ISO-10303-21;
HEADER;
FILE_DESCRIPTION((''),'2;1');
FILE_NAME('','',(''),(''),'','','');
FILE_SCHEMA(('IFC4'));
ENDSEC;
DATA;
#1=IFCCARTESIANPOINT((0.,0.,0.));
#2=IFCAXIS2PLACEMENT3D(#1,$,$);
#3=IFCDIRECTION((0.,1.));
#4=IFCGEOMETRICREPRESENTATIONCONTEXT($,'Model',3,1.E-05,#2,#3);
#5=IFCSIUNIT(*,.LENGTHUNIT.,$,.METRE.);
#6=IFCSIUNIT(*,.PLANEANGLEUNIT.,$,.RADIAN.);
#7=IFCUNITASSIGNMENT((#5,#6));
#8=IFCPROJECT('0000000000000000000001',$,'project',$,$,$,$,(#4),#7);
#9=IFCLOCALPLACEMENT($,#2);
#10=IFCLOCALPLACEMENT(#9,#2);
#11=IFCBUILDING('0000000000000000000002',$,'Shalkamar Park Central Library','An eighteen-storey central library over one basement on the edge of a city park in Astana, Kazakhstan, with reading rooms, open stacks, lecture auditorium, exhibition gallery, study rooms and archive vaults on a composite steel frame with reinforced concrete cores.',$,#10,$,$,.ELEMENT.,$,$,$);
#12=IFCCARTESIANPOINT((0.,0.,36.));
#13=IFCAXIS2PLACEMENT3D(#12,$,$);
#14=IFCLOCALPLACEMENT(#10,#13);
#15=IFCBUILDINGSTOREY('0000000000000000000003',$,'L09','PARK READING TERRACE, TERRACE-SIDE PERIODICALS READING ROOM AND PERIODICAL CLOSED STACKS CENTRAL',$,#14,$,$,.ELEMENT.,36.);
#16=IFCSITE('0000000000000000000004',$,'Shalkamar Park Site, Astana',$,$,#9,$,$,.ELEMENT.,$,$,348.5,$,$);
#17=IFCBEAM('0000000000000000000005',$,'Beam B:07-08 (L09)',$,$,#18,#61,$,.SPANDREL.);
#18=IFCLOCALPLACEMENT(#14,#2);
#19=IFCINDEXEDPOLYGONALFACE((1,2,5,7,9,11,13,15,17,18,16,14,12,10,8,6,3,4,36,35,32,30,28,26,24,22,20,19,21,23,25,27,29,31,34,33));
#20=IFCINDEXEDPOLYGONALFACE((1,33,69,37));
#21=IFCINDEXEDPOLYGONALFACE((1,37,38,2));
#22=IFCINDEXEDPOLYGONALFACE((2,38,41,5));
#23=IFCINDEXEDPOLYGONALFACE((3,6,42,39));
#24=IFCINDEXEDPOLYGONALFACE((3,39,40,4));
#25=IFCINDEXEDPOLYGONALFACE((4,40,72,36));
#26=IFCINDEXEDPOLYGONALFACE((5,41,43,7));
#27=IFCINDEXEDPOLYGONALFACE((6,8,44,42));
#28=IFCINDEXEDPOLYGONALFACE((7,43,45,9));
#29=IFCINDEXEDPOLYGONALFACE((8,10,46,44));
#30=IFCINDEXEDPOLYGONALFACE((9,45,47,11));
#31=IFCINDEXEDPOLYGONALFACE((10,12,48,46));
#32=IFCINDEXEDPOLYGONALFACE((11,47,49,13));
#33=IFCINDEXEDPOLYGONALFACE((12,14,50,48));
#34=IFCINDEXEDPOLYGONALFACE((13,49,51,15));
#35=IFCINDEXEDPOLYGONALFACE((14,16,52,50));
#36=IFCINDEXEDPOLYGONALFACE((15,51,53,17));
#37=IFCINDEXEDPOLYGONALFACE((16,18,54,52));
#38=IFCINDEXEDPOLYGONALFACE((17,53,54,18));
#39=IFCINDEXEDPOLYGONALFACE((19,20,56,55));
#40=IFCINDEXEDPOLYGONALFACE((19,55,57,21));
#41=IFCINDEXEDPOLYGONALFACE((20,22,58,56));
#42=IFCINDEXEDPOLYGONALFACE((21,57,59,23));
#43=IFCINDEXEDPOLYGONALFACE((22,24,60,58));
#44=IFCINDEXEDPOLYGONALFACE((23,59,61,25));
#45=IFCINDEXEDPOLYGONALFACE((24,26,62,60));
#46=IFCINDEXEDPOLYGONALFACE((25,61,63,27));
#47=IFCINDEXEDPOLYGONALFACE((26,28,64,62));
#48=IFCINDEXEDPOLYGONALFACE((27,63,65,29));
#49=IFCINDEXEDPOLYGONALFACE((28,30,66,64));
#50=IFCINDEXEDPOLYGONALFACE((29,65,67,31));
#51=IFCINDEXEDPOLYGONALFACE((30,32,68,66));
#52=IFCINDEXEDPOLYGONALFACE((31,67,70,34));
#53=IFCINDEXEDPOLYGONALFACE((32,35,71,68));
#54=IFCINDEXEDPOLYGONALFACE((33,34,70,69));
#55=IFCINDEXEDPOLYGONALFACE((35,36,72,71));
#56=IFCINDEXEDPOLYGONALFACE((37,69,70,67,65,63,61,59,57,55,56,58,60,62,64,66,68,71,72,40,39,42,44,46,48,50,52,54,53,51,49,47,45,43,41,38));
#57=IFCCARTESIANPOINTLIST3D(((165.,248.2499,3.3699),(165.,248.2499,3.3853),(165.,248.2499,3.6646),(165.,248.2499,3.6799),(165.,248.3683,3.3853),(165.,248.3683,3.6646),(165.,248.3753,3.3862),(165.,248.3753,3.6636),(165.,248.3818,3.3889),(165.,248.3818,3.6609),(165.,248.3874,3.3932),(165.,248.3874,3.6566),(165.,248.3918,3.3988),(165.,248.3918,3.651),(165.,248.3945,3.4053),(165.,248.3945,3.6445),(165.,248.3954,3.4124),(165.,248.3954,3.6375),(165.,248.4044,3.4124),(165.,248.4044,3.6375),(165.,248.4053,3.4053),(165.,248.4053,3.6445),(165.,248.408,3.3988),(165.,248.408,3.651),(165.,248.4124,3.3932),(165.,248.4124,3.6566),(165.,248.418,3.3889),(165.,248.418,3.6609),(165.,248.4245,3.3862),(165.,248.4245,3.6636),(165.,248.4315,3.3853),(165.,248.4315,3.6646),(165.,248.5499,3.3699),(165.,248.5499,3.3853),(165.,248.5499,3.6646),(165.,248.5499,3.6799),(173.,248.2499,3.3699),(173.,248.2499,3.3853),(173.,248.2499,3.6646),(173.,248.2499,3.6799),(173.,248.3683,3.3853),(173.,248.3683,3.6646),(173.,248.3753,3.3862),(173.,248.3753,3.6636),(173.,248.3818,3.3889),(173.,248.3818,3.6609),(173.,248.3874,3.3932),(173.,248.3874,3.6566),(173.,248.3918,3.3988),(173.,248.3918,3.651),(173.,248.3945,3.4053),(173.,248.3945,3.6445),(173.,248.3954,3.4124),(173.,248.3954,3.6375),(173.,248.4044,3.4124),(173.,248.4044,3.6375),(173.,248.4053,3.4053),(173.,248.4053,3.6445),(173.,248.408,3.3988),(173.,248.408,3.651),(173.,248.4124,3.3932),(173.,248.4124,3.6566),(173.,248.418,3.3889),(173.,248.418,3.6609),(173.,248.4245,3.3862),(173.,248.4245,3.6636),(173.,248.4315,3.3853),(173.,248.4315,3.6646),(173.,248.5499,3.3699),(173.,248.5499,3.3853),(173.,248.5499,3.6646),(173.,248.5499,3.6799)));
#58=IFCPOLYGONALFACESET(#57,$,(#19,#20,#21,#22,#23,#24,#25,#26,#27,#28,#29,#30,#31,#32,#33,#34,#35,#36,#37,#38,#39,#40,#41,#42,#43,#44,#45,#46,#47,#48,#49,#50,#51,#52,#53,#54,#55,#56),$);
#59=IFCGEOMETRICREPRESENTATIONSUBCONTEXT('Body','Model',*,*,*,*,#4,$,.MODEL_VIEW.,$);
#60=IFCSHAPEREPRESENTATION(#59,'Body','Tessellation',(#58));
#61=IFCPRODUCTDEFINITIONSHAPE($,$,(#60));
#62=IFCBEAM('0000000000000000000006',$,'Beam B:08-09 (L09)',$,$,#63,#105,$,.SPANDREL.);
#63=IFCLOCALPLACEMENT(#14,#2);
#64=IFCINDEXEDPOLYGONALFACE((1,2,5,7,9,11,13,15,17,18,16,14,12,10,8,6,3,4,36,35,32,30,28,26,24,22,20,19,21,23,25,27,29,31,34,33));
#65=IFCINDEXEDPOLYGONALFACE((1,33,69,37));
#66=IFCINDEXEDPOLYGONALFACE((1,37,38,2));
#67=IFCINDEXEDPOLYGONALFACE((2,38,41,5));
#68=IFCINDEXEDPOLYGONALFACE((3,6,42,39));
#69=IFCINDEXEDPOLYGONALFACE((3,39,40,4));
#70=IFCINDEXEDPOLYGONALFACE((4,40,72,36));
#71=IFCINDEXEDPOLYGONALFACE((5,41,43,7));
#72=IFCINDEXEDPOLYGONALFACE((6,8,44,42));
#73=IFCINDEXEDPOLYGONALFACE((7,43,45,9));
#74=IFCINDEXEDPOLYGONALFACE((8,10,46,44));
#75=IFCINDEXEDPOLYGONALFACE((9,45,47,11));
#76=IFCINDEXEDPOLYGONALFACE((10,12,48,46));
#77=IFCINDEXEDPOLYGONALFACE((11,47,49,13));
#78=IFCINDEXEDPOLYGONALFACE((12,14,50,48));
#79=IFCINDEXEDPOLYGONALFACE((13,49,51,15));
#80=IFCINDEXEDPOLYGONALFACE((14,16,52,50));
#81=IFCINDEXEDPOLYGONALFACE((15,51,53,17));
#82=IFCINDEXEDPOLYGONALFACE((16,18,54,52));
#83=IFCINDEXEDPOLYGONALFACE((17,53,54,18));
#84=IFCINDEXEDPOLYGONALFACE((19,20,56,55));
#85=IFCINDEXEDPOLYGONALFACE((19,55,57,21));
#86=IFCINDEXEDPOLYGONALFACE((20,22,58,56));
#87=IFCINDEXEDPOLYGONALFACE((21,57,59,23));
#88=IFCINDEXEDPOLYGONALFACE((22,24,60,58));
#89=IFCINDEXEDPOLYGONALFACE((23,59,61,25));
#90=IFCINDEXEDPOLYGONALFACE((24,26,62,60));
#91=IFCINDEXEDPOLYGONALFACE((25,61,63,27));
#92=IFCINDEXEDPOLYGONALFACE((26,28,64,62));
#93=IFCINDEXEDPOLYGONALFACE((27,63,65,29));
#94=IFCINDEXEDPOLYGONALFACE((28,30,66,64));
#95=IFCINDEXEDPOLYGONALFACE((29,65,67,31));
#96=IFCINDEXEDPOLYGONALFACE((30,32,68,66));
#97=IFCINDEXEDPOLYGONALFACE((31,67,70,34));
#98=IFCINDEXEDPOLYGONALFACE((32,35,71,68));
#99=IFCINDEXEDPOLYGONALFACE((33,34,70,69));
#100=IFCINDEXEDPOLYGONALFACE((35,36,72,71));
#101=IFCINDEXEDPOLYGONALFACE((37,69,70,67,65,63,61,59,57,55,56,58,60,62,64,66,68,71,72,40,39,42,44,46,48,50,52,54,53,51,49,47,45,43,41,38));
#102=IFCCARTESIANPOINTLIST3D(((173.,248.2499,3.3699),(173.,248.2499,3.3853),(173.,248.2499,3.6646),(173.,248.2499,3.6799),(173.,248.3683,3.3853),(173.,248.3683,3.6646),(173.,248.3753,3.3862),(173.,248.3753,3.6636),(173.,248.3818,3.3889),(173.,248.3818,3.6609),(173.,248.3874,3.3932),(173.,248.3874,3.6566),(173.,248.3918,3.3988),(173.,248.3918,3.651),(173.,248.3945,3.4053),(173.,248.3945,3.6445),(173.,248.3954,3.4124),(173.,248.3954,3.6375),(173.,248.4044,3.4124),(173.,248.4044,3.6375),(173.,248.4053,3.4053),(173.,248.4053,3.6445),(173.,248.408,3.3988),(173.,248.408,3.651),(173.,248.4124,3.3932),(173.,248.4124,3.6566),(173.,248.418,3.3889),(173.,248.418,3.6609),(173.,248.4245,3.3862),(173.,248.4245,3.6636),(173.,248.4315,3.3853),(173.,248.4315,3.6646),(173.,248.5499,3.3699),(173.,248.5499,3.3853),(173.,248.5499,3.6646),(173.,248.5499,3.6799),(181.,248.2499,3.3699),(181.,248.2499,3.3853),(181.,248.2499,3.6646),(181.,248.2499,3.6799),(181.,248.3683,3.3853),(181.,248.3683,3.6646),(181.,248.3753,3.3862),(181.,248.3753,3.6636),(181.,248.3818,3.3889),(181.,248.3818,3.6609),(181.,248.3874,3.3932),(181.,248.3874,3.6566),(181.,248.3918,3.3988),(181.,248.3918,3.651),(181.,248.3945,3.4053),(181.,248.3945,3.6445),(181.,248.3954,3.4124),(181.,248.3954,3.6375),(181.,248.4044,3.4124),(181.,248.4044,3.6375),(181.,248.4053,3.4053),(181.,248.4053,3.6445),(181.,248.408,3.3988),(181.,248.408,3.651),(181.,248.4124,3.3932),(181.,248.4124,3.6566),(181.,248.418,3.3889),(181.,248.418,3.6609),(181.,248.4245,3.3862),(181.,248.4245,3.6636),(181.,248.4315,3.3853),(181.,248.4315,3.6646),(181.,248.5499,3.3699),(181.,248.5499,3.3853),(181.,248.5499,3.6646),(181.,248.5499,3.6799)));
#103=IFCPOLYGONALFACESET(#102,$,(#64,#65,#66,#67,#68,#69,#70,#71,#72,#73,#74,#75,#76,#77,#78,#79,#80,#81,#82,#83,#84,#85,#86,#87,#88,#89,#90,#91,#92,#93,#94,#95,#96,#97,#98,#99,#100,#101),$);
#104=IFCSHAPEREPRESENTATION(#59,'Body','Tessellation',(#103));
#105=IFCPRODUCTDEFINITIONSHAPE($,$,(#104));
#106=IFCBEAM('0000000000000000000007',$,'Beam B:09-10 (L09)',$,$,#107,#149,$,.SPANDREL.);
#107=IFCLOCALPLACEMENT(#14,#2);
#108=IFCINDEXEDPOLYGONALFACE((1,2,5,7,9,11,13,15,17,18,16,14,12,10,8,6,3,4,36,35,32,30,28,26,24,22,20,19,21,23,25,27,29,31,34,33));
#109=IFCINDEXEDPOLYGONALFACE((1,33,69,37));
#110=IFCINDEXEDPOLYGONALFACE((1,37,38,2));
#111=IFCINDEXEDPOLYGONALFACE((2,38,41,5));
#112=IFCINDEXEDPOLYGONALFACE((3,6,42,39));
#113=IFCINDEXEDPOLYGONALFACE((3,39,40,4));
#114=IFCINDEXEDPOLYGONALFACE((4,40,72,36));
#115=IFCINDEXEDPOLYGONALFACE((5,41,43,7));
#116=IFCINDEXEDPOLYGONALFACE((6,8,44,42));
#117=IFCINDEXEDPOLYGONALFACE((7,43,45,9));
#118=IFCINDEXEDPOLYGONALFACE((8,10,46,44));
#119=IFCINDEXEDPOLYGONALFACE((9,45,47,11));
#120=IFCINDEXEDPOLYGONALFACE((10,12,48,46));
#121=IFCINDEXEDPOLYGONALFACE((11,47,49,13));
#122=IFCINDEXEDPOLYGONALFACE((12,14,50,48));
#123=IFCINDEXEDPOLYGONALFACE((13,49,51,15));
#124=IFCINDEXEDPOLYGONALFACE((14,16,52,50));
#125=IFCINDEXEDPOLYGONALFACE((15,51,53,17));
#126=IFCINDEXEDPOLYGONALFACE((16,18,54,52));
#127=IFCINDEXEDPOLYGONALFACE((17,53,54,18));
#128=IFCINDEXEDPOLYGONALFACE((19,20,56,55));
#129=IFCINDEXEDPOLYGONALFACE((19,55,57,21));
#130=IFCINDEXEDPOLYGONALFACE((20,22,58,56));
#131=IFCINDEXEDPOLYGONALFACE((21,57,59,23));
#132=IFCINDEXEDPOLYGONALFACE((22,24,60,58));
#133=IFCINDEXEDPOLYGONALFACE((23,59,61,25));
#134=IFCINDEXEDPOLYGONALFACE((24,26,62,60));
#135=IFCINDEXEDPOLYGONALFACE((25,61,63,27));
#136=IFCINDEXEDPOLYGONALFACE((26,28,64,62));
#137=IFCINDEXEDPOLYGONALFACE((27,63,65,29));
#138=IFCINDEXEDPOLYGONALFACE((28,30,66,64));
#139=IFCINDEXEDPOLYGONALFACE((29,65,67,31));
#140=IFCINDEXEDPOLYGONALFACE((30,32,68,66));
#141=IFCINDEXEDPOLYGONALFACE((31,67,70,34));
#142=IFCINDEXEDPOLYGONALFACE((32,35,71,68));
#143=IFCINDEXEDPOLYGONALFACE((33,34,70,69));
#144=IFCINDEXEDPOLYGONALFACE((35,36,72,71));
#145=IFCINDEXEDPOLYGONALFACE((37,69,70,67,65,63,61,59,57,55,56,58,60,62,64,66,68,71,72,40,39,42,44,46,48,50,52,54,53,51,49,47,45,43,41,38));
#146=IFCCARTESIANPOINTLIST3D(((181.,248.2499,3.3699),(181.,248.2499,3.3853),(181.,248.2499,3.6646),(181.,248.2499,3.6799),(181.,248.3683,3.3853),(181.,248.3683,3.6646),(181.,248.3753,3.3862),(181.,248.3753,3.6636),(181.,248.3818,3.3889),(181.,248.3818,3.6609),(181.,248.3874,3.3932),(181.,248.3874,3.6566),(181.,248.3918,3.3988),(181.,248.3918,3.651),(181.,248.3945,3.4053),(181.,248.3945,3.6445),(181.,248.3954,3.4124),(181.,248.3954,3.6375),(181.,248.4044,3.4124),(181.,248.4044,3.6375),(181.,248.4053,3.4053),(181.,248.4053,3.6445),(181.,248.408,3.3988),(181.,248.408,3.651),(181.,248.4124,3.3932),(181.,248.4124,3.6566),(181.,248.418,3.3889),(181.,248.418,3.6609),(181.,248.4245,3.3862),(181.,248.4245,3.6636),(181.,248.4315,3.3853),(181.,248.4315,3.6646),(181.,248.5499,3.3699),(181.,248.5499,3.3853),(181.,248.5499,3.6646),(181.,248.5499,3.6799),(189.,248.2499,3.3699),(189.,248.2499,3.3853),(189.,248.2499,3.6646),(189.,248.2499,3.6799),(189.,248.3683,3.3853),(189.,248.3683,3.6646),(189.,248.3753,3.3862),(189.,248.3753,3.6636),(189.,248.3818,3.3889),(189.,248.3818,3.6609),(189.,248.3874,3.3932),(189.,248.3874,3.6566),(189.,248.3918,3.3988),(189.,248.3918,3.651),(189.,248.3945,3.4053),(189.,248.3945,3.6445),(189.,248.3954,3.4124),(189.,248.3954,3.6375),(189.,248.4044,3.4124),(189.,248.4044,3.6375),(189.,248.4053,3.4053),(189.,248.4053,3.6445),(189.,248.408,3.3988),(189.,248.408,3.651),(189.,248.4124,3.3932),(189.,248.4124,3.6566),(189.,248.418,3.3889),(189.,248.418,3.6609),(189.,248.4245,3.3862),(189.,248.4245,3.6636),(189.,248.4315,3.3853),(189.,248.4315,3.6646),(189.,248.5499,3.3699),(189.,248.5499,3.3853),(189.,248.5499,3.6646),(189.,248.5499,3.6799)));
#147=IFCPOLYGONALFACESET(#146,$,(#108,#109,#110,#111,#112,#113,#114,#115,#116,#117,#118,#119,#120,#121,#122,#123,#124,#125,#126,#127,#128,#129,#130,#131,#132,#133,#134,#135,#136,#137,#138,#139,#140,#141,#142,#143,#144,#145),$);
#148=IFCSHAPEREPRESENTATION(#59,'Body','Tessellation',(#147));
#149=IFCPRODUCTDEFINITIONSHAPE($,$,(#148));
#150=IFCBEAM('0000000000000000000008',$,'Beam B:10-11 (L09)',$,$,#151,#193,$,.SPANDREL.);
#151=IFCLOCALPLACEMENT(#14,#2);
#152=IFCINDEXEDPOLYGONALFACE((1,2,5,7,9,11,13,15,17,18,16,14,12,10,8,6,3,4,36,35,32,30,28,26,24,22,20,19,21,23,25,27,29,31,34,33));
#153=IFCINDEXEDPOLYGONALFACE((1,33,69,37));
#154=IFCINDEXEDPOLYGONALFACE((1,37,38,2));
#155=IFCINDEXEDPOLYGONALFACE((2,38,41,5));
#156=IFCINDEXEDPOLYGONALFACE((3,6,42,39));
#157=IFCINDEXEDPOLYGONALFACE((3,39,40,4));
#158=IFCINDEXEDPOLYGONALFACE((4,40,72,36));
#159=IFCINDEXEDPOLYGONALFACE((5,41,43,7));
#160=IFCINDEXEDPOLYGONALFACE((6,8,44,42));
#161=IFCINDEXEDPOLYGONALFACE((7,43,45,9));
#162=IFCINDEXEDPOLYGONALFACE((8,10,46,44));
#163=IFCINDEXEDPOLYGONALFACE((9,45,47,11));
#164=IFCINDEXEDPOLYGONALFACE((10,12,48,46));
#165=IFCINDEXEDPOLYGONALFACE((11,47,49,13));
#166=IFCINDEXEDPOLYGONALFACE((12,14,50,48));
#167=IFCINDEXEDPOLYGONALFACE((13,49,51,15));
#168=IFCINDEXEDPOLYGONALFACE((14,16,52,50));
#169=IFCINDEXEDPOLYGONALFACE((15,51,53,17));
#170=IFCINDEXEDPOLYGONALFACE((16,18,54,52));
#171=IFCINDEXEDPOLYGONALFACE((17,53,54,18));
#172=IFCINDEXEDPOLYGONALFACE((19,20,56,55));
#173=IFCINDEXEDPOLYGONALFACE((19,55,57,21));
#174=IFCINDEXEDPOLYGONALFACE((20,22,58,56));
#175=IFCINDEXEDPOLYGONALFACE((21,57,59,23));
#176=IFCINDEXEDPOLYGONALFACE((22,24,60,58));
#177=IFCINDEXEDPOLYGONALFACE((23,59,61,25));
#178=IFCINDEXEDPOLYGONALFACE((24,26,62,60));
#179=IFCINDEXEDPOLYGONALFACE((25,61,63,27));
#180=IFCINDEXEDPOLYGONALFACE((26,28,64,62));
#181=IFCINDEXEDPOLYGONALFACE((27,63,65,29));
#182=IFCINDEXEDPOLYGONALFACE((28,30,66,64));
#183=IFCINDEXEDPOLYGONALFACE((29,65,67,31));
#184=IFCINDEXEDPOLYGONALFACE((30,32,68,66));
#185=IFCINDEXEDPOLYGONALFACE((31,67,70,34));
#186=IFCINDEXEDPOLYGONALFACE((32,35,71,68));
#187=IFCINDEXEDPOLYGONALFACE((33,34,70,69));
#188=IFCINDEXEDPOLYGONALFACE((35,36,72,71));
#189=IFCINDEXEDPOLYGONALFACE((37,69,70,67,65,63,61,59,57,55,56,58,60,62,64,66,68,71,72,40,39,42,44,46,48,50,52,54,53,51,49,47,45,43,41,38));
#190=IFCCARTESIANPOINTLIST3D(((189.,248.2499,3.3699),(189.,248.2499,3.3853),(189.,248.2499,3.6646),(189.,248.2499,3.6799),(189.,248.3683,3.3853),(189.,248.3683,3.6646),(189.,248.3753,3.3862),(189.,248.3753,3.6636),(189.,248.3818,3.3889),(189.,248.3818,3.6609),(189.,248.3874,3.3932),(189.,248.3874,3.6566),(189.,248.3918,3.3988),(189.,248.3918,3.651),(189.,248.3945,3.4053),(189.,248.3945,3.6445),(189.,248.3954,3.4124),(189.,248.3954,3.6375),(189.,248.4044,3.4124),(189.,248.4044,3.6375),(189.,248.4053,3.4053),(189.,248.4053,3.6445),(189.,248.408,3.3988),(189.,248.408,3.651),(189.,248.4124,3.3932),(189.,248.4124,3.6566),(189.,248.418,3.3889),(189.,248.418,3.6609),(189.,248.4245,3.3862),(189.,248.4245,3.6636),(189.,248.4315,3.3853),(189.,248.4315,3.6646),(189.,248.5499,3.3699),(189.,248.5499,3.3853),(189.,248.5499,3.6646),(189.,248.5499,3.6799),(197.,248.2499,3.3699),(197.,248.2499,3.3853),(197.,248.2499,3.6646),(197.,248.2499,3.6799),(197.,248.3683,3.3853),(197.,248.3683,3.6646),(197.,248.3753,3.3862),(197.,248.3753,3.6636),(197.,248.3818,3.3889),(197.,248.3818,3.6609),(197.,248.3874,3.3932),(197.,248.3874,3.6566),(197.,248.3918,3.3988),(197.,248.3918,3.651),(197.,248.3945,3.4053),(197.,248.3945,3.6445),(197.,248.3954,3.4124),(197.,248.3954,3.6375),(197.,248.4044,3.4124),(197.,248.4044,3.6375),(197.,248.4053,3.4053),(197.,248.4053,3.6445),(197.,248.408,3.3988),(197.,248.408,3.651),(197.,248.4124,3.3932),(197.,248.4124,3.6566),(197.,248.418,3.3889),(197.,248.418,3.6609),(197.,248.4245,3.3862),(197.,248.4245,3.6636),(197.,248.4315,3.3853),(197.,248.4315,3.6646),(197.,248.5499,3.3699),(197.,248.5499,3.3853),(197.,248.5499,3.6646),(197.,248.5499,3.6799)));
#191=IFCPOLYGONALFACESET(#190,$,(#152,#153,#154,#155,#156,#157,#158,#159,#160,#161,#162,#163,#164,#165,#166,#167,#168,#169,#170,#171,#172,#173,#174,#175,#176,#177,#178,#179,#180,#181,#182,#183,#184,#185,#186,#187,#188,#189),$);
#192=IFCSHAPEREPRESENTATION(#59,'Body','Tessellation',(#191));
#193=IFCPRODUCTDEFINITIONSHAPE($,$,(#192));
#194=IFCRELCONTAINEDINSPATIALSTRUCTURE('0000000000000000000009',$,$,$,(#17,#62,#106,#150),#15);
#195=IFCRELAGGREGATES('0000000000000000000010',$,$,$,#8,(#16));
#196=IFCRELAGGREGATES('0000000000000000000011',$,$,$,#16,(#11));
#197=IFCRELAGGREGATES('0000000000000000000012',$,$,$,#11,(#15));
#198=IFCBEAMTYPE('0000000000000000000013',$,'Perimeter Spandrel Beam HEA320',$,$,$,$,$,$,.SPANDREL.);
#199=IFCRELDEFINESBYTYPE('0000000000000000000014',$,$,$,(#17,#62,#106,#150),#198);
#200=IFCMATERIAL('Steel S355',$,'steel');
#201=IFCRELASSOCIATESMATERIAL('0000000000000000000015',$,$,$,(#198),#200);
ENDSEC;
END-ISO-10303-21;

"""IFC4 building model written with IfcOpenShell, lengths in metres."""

from ifc_helpers import new_model, si_unit, direction, frame, origin, origin_2d, place, context, subcontext, project, spatial, i_section, extrude, material, material_profile, profile_set, type_object, element, save


model = new_model("IFC4")

# Units and contexts
model_context = context("Model", 3, precision=1e-05, world=origin(), true_north=direction((0.0, 1.0)))
body_context = subcontext(model_context, "Body", "Model", "MODEL_VIEW")
ifc_project = project(units=[si_unit("LENGTHUNIT", "METRE"), si_unit("PLANEANGLEUNIT", "RADIAN")], contexts=[model_context])

# Site, building, storey
site_placement = place(None, origin())
site = spatial("IfcSite", under=ifc_project, at=site_placement, Name="Shalkamar Park Site, Astana", CompositionType="ELEMENT", RefElevation=348.5)
building_placement = place(site_placement, origin())
building = spatial("IfcBuilding", under=site, at=building_placement, Name="Shalkamar Park Central Library", Description="An eighteen-storey central library over one basement on the edge of a city park in Astana, Kazakhstan, with reading rooms, open stacks, lecture auditorium, exhibition gallery, study rooms and archive vaults on a composite steel frame with reinforced concrete cores.", CompositionType="ELEMENT")
storey_placement = place(building_placement, frame((0.0, 0.0, 36.0)))
storey = spatial("IfcBuildingStorey", under=building, at=storey_placement, Name="L09", Description="PARK READING TERRACE, TERRACE-SIDE PERIODICALS READING ROOM AND PERIODICAL CLOSED STACKS CENTRAL", CompositionType="ELEMENT", Elevation=36.0)

# Shared definitions
ifc_material_1 = material(Name="Steel S355", Category="steel")

# Beams
ifc_material_profile_1 = material_profile(ifc_material_1, i_section(OverallWidth=0.3, OverallDepth=0.3101, WebThickness=0.009, FlangeThickness=0.0154, FilletRadius=0.0271, at=origin_2d()), Name="HEA 320")
ifc_profile_set_1 = profile_set([ifc_material_profile_1], Name="Steel S355")
beam_type = type_object("IfcBeamType", Name="Perimeter Spandrel Beam HEA320", PredefinedType="SPANDREL", material=ifc_profile_set_1)
for number, where, z_axis, x_axis, name in (
    (1, (165.0, 248.3999, 3.5249), (1.0, 0.0, 0.0), (0.0, 1.0, 0.0), "Beam B:07-08 (L09)"),
    (2, (173.0, 248.3999, 3.5249), (1.0, 0.0, 0.0), (0.0, 1.0, 0.0), "Beam B:08-09 (L09)"),
    (3, (181.0, 248.3999, 3.5249), (1.0, 0.0, 0.0), (0.0, 1.0, 0.0), "Beam B:09-10 (L09)"),
    (4, (189.0, 248.3999, 3.5249), (1.0, 0.0, 0.0), (0.0, 1.0, 0.0), "Beam B:10-11 (L09)"),
):
    element("IfcBeam", number, at=place(storey_placement, frame(where, z_axis=z_axis, x_axis=x_axis)), inside=storey, type_object=beam_type, Name=name, PredefinedType="SPANDREL", context=body_context, shape_type="SweptSolid", body=[
        extrude(i_section(OverallWidth=0.3, OverallDepth=0.3101, WebThickness=0.009, FlangeThickness=0.0154, FilletRadius=0.0271, at=origin_2d()), origin(), (0.0, 0.0, 1.0), 8.0),
    ])

save(model, "model.ifc")
